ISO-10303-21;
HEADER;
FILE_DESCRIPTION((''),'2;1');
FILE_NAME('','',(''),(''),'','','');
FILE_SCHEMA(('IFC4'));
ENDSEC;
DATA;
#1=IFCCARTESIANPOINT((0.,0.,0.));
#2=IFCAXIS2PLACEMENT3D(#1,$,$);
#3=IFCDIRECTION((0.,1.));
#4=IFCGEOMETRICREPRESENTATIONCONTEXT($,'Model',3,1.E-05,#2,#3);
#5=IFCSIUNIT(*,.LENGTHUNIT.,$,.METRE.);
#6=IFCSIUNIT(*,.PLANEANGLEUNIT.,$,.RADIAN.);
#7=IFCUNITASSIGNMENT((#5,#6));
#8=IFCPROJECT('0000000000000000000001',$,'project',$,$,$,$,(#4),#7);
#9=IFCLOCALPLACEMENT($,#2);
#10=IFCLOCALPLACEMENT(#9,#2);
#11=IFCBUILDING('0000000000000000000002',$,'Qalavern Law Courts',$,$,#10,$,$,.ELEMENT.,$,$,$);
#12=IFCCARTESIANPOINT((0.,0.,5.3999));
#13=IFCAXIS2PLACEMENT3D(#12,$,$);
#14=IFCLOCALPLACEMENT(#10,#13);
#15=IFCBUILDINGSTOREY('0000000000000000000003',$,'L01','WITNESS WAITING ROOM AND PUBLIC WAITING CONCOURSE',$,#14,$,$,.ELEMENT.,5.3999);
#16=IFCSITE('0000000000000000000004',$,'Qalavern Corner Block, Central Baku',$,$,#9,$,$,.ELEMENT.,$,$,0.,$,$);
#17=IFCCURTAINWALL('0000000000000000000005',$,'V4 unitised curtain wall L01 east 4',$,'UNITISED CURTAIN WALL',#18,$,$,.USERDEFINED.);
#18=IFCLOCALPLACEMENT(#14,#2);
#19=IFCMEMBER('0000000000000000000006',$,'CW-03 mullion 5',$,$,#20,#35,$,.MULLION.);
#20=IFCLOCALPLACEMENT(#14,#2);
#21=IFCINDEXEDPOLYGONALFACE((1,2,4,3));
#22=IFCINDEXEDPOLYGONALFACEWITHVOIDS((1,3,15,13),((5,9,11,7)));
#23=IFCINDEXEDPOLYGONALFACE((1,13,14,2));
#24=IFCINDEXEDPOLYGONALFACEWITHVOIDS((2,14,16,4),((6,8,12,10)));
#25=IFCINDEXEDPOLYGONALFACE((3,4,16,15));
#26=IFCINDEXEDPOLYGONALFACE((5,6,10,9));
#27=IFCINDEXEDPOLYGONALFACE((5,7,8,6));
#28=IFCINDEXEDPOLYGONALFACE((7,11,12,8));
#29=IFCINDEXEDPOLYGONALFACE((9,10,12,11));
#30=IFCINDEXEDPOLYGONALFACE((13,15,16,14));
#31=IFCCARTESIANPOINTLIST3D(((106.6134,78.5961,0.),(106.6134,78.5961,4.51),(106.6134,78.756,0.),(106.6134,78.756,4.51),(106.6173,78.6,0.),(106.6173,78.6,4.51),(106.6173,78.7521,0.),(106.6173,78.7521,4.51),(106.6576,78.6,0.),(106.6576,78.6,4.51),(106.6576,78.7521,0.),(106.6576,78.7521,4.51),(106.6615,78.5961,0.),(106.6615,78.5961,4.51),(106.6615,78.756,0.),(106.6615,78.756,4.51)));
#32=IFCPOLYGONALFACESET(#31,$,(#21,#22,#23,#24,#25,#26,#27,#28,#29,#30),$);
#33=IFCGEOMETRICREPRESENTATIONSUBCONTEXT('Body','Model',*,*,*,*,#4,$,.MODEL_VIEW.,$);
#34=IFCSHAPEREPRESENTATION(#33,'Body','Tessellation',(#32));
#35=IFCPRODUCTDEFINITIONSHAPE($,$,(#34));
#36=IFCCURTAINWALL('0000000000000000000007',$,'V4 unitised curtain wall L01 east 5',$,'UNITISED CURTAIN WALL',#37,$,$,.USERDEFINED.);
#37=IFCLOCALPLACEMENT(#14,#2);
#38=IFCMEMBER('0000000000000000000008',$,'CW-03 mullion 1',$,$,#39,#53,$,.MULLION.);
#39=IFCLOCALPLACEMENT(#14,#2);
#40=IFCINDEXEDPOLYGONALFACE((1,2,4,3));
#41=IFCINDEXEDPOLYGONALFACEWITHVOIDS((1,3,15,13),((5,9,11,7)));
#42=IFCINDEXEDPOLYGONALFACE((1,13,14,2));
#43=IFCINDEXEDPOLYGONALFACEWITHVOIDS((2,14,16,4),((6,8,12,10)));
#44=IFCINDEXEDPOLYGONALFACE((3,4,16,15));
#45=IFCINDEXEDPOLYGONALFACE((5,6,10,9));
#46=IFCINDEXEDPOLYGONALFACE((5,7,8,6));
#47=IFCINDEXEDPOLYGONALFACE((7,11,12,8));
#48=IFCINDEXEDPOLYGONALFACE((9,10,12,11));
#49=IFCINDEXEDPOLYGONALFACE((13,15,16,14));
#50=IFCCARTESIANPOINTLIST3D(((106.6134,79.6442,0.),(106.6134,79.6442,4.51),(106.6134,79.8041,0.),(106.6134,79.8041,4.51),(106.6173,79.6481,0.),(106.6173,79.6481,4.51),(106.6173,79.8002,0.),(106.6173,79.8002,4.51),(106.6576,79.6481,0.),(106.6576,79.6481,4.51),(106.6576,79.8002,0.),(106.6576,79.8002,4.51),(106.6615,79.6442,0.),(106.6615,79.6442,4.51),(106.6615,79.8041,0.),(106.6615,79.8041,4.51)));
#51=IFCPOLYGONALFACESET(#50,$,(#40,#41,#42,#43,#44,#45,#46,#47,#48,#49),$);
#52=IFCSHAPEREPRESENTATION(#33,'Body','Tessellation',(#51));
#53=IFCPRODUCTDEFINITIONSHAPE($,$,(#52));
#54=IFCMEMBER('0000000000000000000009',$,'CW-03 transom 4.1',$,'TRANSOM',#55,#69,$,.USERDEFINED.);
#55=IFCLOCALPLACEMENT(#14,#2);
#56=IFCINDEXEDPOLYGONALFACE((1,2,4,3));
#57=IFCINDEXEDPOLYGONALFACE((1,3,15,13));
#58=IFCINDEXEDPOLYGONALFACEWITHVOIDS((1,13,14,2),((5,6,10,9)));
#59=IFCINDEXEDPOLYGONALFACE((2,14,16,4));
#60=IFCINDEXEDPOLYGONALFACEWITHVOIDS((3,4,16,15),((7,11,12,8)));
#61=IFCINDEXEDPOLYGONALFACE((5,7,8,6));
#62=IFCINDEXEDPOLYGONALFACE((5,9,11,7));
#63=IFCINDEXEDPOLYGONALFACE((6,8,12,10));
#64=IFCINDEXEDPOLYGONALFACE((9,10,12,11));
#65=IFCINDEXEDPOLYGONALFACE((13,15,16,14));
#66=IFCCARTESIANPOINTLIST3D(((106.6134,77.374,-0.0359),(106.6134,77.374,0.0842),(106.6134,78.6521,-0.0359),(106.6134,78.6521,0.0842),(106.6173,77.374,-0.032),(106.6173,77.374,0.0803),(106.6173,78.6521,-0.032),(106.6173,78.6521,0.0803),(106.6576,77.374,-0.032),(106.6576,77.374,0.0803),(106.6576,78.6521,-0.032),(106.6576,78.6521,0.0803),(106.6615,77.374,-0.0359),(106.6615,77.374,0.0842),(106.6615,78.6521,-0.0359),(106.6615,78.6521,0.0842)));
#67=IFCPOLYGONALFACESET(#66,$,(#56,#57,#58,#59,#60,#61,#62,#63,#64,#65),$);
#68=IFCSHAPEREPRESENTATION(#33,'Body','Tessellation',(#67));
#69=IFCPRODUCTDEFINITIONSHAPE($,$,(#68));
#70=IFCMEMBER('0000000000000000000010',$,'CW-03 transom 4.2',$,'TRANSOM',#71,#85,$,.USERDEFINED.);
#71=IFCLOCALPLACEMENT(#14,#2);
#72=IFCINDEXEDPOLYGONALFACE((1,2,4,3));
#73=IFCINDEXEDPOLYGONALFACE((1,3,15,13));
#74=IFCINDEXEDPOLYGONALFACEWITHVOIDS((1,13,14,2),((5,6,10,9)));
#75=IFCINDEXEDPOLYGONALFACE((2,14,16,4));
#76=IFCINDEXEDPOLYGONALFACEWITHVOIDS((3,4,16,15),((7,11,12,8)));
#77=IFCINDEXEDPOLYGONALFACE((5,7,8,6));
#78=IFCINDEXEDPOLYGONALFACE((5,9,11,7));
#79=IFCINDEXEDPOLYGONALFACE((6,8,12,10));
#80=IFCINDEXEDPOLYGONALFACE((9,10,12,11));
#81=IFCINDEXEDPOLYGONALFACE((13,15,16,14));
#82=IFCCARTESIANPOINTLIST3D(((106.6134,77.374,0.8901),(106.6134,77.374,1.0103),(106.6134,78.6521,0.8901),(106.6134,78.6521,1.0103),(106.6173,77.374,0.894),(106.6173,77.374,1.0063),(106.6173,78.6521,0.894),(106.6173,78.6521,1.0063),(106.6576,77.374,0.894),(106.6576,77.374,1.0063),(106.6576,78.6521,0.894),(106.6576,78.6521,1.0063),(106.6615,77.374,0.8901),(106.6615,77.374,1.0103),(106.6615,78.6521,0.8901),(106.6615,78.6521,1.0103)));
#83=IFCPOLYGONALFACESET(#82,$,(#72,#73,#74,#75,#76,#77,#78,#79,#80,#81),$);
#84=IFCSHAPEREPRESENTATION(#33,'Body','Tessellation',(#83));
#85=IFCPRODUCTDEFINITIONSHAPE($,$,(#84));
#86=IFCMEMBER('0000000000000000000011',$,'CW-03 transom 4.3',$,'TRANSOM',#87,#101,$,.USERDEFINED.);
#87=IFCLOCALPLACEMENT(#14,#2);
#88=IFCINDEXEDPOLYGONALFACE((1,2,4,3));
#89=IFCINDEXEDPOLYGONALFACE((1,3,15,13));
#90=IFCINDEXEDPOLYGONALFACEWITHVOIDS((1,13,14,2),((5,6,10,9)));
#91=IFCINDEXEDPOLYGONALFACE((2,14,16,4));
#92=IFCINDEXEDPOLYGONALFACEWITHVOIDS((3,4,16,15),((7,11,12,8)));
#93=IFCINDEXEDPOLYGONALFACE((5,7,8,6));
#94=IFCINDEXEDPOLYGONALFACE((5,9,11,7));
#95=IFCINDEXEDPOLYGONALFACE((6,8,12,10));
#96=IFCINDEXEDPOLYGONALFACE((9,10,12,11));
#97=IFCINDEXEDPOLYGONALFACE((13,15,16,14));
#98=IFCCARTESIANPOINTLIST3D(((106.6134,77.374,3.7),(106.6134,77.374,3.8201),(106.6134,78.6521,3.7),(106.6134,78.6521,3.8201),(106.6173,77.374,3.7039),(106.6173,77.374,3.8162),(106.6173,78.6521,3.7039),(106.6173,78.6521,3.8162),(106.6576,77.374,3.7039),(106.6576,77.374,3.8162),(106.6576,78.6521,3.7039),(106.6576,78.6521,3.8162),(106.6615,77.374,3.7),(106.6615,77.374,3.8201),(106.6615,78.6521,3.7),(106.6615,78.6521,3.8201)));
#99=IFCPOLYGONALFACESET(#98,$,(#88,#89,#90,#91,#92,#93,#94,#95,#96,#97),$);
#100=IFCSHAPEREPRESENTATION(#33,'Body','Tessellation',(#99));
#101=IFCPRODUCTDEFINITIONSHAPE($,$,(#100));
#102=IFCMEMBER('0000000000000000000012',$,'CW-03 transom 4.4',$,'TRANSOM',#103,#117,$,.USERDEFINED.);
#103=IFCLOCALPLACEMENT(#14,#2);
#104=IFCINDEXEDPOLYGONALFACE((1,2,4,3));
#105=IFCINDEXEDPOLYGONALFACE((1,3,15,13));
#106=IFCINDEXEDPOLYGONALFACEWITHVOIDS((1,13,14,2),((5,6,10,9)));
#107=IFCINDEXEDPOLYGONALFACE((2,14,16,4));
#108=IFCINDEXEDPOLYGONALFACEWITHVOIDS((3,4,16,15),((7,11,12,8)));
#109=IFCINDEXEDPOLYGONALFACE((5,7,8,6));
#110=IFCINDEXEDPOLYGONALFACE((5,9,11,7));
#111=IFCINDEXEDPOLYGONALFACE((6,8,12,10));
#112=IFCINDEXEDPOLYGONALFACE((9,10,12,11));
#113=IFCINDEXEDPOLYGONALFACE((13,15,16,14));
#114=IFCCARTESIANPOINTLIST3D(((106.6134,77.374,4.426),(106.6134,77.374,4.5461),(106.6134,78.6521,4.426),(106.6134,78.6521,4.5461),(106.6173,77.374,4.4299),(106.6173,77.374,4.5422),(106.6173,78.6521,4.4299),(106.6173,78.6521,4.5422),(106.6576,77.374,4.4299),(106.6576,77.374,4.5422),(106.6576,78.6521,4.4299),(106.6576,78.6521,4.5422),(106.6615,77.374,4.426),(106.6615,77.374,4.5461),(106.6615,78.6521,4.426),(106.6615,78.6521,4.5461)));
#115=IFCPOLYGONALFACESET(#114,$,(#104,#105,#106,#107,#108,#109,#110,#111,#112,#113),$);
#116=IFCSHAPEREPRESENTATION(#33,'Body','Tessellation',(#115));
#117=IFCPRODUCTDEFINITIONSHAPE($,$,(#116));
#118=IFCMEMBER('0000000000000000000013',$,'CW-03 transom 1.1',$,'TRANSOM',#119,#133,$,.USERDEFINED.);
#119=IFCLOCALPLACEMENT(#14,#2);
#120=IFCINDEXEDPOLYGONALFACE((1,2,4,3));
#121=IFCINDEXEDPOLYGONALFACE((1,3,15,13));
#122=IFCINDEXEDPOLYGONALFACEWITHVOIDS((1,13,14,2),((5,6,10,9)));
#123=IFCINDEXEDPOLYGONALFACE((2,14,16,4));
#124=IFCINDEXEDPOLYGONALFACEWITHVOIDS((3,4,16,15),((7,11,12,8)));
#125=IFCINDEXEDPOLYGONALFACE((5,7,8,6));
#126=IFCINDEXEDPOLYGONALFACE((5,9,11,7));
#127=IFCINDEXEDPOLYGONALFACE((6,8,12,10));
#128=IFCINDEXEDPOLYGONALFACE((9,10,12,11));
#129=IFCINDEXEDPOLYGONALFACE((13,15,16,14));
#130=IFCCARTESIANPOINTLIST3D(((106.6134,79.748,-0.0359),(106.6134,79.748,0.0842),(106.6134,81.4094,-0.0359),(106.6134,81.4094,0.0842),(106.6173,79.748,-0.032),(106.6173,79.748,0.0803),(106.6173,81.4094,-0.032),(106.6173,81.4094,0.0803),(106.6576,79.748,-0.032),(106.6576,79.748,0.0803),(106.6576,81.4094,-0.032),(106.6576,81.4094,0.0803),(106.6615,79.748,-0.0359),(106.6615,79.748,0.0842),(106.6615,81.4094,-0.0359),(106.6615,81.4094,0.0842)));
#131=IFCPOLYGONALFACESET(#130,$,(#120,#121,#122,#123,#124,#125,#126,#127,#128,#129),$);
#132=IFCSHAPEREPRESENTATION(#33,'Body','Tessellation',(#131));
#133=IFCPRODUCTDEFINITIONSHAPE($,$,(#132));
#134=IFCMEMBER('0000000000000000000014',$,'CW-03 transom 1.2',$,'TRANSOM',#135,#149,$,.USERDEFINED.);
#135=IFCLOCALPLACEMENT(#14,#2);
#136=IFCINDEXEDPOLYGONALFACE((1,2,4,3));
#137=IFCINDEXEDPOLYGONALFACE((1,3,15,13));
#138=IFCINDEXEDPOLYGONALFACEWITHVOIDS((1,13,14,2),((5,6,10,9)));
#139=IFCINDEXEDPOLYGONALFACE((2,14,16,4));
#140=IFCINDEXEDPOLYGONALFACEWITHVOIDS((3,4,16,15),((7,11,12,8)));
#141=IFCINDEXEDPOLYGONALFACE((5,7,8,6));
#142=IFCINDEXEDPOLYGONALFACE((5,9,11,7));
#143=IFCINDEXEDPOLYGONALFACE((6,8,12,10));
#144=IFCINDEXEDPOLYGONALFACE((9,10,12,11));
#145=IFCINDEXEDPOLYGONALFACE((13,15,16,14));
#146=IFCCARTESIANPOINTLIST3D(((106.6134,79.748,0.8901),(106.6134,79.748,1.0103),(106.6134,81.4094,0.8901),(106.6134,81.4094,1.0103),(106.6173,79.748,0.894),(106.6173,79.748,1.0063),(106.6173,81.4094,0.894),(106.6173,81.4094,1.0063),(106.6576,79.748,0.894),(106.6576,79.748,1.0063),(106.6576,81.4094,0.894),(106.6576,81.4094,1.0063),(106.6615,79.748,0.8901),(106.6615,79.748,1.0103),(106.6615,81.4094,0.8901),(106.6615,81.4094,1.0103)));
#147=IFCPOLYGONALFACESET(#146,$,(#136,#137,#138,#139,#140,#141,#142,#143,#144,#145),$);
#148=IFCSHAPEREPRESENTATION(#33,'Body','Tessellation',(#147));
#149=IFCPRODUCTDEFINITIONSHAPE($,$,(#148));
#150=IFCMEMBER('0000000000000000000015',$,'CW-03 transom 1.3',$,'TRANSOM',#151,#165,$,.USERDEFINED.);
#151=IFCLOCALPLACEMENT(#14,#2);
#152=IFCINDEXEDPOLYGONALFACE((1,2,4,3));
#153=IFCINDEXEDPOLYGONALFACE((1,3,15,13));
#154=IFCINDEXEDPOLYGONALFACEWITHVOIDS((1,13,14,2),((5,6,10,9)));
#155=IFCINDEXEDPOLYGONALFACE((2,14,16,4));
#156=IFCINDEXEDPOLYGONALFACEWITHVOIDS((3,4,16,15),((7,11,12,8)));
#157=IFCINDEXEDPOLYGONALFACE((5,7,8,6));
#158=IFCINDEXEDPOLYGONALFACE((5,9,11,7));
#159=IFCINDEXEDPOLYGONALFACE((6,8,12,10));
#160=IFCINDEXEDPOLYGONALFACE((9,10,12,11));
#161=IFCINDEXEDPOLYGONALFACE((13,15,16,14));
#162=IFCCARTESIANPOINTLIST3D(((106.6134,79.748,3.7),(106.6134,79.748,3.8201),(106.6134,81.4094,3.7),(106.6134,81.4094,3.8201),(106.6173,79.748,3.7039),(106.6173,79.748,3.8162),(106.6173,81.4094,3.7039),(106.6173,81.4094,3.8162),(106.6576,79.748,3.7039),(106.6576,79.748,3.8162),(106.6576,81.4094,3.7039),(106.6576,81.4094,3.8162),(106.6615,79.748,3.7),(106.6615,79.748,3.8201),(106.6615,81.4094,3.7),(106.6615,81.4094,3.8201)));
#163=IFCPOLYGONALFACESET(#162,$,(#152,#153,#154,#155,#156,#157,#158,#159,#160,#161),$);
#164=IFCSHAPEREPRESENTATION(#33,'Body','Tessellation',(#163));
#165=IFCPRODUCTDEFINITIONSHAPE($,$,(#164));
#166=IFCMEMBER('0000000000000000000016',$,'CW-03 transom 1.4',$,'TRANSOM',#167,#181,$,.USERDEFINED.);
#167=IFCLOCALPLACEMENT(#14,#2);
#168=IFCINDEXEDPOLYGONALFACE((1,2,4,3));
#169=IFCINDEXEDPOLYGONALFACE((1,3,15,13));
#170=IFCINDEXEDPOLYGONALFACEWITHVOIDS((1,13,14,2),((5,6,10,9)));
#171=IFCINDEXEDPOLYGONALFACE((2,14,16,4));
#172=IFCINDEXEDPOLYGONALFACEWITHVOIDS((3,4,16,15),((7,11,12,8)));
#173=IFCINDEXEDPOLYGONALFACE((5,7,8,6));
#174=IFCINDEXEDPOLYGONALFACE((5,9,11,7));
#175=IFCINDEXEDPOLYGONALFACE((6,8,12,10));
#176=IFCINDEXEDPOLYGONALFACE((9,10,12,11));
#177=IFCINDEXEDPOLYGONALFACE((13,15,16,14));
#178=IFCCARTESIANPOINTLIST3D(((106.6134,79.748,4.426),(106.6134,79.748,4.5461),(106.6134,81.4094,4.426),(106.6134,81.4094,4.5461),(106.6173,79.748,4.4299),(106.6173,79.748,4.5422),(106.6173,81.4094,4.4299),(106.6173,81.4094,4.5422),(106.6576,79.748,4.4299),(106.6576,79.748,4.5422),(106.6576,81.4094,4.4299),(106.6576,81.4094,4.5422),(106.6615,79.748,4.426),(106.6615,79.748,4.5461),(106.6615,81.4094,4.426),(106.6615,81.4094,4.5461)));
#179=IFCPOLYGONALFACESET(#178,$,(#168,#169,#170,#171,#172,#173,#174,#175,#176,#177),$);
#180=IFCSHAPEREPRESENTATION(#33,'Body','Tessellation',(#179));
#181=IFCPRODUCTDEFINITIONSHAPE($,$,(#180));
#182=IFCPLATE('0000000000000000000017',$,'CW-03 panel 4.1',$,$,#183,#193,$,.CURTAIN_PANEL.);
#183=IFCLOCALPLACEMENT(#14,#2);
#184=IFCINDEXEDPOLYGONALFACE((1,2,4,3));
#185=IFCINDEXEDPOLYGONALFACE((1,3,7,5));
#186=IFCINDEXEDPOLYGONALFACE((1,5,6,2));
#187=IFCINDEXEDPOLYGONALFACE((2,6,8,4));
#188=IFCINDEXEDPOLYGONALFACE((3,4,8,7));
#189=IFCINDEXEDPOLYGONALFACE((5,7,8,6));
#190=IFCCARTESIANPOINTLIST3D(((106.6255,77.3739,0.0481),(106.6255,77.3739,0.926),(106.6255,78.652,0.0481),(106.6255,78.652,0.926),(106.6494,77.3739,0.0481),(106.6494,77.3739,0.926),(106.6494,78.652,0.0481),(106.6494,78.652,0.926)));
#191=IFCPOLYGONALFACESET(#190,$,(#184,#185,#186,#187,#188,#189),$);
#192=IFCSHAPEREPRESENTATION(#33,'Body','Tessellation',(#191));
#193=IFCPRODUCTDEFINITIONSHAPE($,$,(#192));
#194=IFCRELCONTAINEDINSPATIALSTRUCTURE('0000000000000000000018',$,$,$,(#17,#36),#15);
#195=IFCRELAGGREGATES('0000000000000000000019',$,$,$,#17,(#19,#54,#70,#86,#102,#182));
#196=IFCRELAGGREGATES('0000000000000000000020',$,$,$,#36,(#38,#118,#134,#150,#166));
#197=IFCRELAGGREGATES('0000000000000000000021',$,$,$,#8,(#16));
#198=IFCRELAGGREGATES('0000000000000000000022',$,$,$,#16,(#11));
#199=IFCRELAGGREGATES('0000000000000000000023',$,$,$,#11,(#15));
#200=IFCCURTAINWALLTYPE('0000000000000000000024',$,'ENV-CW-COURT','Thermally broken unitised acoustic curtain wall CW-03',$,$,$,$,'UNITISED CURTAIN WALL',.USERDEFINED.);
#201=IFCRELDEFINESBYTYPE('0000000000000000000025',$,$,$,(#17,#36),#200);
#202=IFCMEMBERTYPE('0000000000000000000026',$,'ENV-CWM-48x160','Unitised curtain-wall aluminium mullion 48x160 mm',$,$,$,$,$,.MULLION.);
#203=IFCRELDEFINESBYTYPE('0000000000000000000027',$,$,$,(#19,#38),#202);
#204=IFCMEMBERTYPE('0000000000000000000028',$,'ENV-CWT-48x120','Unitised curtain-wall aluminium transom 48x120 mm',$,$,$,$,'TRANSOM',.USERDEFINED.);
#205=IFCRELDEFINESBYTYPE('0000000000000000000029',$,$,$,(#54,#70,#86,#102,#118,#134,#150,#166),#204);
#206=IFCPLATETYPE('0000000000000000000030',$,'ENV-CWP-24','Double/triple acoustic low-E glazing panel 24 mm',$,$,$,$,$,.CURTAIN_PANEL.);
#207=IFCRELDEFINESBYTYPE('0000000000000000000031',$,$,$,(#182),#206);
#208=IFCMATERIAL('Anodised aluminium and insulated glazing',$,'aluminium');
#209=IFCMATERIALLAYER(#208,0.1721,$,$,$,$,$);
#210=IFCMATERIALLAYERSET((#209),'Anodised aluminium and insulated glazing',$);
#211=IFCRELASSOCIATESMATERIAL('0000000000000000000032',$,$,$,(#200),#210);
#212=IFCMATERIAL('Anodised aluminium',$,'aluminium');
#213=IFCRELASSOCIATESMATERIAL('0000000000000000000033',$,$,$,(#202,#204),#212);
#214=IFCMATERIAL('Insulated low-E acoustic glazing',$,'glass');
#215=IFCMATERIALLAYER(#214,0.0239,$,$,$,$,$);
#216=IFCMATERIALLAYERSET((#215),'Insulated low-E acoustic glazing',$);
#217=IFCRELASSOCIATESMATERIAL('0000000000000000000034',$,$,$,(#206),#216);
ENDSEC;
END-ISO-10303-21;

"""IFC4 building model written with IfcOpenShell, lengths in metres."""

from ifc_helpers import new_model, si_unit, direction, frame, origin, origin_2d, place, context, subcontext, project, spatial, rectangle, hollow_rectangle, extrude, material, layer, layer_set, material_profile, profile_set, type_object, element, aggregate, save


model = new_model("IFC4")

# Units and contexts
model_context = context("Model", 3, precision=1e-05, world=origin(), true_north=direction((0.0, 1.0)))
body_context = subcontext(model_context, "Body", "Model", "MODEL_VIEW")
ifc_project = project(units=[si_unit("LENGTHUNIT", "METRE"), si_unit("PLANEANGLEUNIT", "RADIAN")], contexts=[model_context])

# Site, building, storey
site_placement = place(None, origin())
site = spatial("IfcSite", under=ifc_project, at=site_placement, Name="Qalavern Corner Block, Central Baku", CompositionType="ELEMENT", RefElevation=0.0)
building_placement = place(site_placement, origin())
building = spatial("IfcBuilding", under=site, at=building_placement, Name="Qalavern Law Courts", CompositionType="ELEMENT")
storey_placement = place(building_placement, frame((0.0, 0.0, 5.3999)))
storey = spatial("IfcBuildingStorey", under=building, at=storey_placement, Name="L01", Description="WITNESS WAITING ROOM AND PUBLIC WAITING CONCOURSE", CompositionType="ELEMENT", Elevation=5.3999)

# Curtain walls, members
ifc_material_1 = material(Name="Anodised aluminium and insulated glazing", Category="aluminium")
ifc_layer_1 = layer(ifc_material_1, 0.1721)
ifc_layer_set_1 = layer_set([ifc_layer_1], Name="Anodised aluminium and insulated glazing")
curtain_wall_type = type_object("IfcCurtainWallType", Name="ENV-CW-COURT", Description="Thermally broken unitised acoustic curtain wall CW-03", ElementType="UNITISED CURTAIN WALL", PredefinedType="USERDEFINED", material=ifc_layer_set_1)
curtain_wall_1_placement = place(storey_placement, origin())
curtain_wall_1 = element("IfcCurtainWall", 1, at=curtain_wall_1_placement, inside=storey, type_object=curtain_wall_type, Name="V4 unitised curtain wall L01 east 4", ObjectType="UNITISED CURTAIN WALL", PredefinedType="USERDEFINED")
ifc_material_2 = material(Name="Anodised aluminium", Category="aluminium")
ifc_material_profile_1 = material_profile(ifc_material_2, hollow_rectangle(XDim=0.0481, YDim=0.1599, WallThickness=0.0039, at=origin_2d()), Name="ALU MULLION 48x160")
ifc_profile_set_1 = profile_set([ifc_material_profile_1], Name="Anodised aluminium")
member_type_1 = type_object("IfcMemberType", Name="ENV-CWM-48x160", Description="Unitised curtain-wall aluminium mullion 48x160 mm", PredefinedType="MULLION", material=ifc_profile_set_1)
member_1_placement = place(storey_placement, frame((106.6375, 78.676, 0.0), z_axis=(0.0, 0.0, 1.0), x_axis=(-1.0, 0.0, 0.0)))
member_1 = element("IfcMember", 2, at=member_1_placement, type_object=member_type_1, Name="CW-03 mullion 5", PredefinedType="MULLION", context=body_context, shape_type="SweptSolid", body=[
    extrude(hollow_rectangle(XDim=0.0481, YDim=0.1599, WallThickness=0.0039, at=origin_2d()), origin(), (0.0, 0.0, 1.0), 4.51),
])
curtain_wall_2_placement = place(storey_placement, origin())
curtain_wall_2 = element("IfcCurtainWall", 3, at=curtain_wall_2_placement, inside=storey, type_object=curtain_wall_type, Name="V4 unitised curtain wall L01 east 5", ObjectType="UNITISED CURTAIN WALL", PredefinedType="USERDEFINED")
member_2_placement = place(storey_placement, frame((106.6375, 79.7241, 0.0), z_axis=(0.0, 0.0, 1.0), x_axis=(-1.0, 0.0, 0.0)))
member_2 = element("IfcMember", 4, at=member_2_placement, type_object=member_type_1, Name="CW-03 mullion 1", PredefinedType="MULLION", context=body_context, shape_type="SweptSolid", body=[
    extrude(hollow_rectangle(XDim=0.0481, YDim=0.1599, WallThickness=0.0039, at=origin_2d()), origin(), (0.0, 0.0, 1.0), 4.51),
])

# Members
ifc_material_profile_2 = material_profile(ifc_material_2, hollow_rectangle(XDim=0.0481, YDim=0.1201, WallThickness=0.0039, at=origin_2d()), Name="ALU TRANSOM 48x120")
ifc_profile_set_2 = profile_set([ifc_material_profile_2], Name="Anodised aluminium")
member_type_2 = type_object("IfcMemberType", Name="ENV-CWT-48x120", Description="Unitised curtain-wall aluminium transom 48x120 mm", ElementType="TRANSOM", PredefinedType="USERDEFINED", material=ifc_profile_set_2)
member_3_placement = place(storey_placement, frame((106.6375, 77.374, 0.0242), z_axis=(0.0, 1.0, 0.0), x_axis=(-1.0, 0.0, 0.0)))
member_3 = element("IfcMember", 5, at=member_3_placement, type_object=member_type_2, Name="CW-03 transom 4.1", ObjectType="TRANSOM", PredefinedType="USERDEFINED", context=body_context, shape_type="SweptSolid", body=[
    extrude(hollow_rectangle(XDim=0.0481, YDim=0.1201, WallThickness=0.0039, at=origin_2d()), origin(), (0.0, 0.0, 1.0), 1.2781),
])
member_4_placement = place(storey_placement, frame((106.6375, 77.374, 0.9502), z_axis=(0.0, 1.0, 0.0), x_axis=(-1.0, 0.0, 0.0)))
member_4 = element("IfcMember", 6, at=member_4_placement, type_object=member_type_2, Name="CW-03 transom 4.2", ObjectType="TRANSOM", PredefinedType="USERDEFINED", context=body_context, shape_type="SweptSolid", body=[
    extrude(hollow_rectangle(XDim=0.0481, YDim=0.1201, WallThickness=0.0039, at=origin_2d()), origin(), (0.0, 0.0, 1.0), 1.2781),
])
member_5_placement = place(storey_placement, frame((106.6375, 77.374, 3.76), z_axis=(0.0, 1.0, 0.0), x_axis=(-1.0, 0.0, 0.0)))
member_5 = element("IfcMember", 7, at=member_5_placement, type_object=member_type_2, Name="CW-03 transom 4.3", ObjectType="TRANSOM", PredefinedType="USERDEFINED", context=body_context, shape_type="SweptSolid", body=[
    extrude(hollow_rectangle(XDim=0.0481, YDim=0.1201, WallThickness=0.0039, at=origin_2d()), origin(), (0.0, 0.0, 1.0), 1.2781),
])
member_6_placement = place(storey_placement, frame((106.6375, 77.374, 4.4861), z_axis=(0.0, 1.0, 0.0), x_axis=(-1.0, 0.0, 0.0)))
member_6 = element("IfcMember", 8, at=member_6_placement, type_object=member_type_2, Name="CW-03 transom 4.4", ObjectType="TRANSOM", PredefinedType="USERDEFINED", context=body_context, shape_type="SweptSolid", body=[
    extrude(hollow_rectangle(XDim=0.0481, YDim=0.1201, WallThickness=0.0039, at=origin_2d()), origin(), (0.0, 0.0, 1.0), 1.2781),
])
member_7_placement = place(storey_placement, frame((106.6375, 79.748, 0.0242), z_axis=(0.0, 1.0, 0.0), x_axis=(-1.0, 0.0, 0.0)))
member_7 = element("IfcMember", 9, at=member_7_placement, type_object=member_type_2, Name="CW-03 transom 1.1", ObjectType="TRANSOM", PredefinedType="USERDEFINED", context=body_context, shape_type="SweptSolid", body=[
    extrude(hollow_rectangle(XDim=0.0481, YDim=0.1201, WallThickness=0.0039, at=origin_2d()), origin(), (0.0, 0.0, 1.0), 1.6614),
])
member_8_placement = place(storey_placement, frame((106.6375, 79.748, 0.9502), z_axis=(0.0, 1.0, 0.0), x_axis=(-1.0, 0.0, 0.0)))
member_8 = element("IfcMember", 10, at=member_8_placement, type_object=member_type_2, Name="CW-03 transom 1.2", ObjectType="TRANSOM", PredefinedType="USERDEFINED", context=body_context, shape_type="SweptSolid", body=[
    extrude(hollow_rectangle(XDim=0.0481, YDim=0.1201, WallThickness=0.0039, at=origin_2d()), origin(), (0.0, 0.0, 1.0), 1.6614),
])
member_9_placement = place(storey_placement, frame((106.6375, 79.748, 3.76), z_axis=(0.0, 1.0, 0.0), x_axis=(-1.0, 0.0, 0.0)))
member_9 = element("IfcMember", 11, at=member_9_placement, type_object=member_type_2, Name="CW-03 transom 1.3", ObjectType="TRANSOM", PredefinedType="USERDEFINED", context=body_context, shape_type="SweptSolid", body=[
    extrude(hollow_rectangle(XDim=0.0481, YDim=0.1201, WallThickness=0.0039, at=origin_2d()), origin(), (0.0, 0.0, 1.0), 1.6614),
])
member_10_placement = place(storey_placement, frame((106.6375, 79.748, 4.4861), z_axis=(0.0, 1.0, 0.0), x_axis=(-1.0, 0.0, 0.0)))
member_10 = element("IfcMember", 12, at=member_10_placement, type_object=member_type_2, Name="CW-03 transom 1.4", ObjectType="TRANSOM", PredefinedType="USERDEFINED", context=body_context, shape_type="SweptSolid", body=[
    extrude(hollow_rectangle(XDim=0.0481, YDim=0.1201, WallThickness=0.0039, at=origin_2d()), origin(), (0.0, 0.0, 1.0), 1.6614),
])

# Plate
ifc_material_3 = material(Name="Insulated low-E acoustic glazing", Category="glass")
ifc_layer_2 = layer(ifc_material_3, 0.0239)
ifc_layer_set_2 = layer_set([ifc_layer_2], Name="Insulated low-E acoustic glazing")
plate_type_1 = type_object("IfcPlateType", Name="ENV-CWP-24", Description="Double/triple acoustic low-E glazing panel 24 mm", PredefinedType="CURTAIN_PANEL", material=ifc_layer_set_2)
plate_1_placement = place(storey_placement, frame((106.6375, 78.0129, 0.0481), z_axis=(0.0, 0.0, 1.0), x_axis=(0.0, 1.0, 0.0)))
plate_1 = element("IfcPlate", 13, at=plate_1_placement, type_object=plate_type_1, Name="CW-03 panel 4.1", PredefinedType="CURTAIN_PANEL", context=body_context, shape_type="SweptSolid", body=[
    extrude(rectangle(XDim=1.2781, YDim=0.0239, at=origin_2d()), origin(), (0.0, 0.0, 1.0), 0.8779),
])
aggregate(curtain_wall_1, [member_1, member_3, member_4, member_5, member_6, plate_1])
aggregate(curtain_wall_2, [member_2, member_7, member_8, member_9, member_10])

save(model, "model.ifc")
